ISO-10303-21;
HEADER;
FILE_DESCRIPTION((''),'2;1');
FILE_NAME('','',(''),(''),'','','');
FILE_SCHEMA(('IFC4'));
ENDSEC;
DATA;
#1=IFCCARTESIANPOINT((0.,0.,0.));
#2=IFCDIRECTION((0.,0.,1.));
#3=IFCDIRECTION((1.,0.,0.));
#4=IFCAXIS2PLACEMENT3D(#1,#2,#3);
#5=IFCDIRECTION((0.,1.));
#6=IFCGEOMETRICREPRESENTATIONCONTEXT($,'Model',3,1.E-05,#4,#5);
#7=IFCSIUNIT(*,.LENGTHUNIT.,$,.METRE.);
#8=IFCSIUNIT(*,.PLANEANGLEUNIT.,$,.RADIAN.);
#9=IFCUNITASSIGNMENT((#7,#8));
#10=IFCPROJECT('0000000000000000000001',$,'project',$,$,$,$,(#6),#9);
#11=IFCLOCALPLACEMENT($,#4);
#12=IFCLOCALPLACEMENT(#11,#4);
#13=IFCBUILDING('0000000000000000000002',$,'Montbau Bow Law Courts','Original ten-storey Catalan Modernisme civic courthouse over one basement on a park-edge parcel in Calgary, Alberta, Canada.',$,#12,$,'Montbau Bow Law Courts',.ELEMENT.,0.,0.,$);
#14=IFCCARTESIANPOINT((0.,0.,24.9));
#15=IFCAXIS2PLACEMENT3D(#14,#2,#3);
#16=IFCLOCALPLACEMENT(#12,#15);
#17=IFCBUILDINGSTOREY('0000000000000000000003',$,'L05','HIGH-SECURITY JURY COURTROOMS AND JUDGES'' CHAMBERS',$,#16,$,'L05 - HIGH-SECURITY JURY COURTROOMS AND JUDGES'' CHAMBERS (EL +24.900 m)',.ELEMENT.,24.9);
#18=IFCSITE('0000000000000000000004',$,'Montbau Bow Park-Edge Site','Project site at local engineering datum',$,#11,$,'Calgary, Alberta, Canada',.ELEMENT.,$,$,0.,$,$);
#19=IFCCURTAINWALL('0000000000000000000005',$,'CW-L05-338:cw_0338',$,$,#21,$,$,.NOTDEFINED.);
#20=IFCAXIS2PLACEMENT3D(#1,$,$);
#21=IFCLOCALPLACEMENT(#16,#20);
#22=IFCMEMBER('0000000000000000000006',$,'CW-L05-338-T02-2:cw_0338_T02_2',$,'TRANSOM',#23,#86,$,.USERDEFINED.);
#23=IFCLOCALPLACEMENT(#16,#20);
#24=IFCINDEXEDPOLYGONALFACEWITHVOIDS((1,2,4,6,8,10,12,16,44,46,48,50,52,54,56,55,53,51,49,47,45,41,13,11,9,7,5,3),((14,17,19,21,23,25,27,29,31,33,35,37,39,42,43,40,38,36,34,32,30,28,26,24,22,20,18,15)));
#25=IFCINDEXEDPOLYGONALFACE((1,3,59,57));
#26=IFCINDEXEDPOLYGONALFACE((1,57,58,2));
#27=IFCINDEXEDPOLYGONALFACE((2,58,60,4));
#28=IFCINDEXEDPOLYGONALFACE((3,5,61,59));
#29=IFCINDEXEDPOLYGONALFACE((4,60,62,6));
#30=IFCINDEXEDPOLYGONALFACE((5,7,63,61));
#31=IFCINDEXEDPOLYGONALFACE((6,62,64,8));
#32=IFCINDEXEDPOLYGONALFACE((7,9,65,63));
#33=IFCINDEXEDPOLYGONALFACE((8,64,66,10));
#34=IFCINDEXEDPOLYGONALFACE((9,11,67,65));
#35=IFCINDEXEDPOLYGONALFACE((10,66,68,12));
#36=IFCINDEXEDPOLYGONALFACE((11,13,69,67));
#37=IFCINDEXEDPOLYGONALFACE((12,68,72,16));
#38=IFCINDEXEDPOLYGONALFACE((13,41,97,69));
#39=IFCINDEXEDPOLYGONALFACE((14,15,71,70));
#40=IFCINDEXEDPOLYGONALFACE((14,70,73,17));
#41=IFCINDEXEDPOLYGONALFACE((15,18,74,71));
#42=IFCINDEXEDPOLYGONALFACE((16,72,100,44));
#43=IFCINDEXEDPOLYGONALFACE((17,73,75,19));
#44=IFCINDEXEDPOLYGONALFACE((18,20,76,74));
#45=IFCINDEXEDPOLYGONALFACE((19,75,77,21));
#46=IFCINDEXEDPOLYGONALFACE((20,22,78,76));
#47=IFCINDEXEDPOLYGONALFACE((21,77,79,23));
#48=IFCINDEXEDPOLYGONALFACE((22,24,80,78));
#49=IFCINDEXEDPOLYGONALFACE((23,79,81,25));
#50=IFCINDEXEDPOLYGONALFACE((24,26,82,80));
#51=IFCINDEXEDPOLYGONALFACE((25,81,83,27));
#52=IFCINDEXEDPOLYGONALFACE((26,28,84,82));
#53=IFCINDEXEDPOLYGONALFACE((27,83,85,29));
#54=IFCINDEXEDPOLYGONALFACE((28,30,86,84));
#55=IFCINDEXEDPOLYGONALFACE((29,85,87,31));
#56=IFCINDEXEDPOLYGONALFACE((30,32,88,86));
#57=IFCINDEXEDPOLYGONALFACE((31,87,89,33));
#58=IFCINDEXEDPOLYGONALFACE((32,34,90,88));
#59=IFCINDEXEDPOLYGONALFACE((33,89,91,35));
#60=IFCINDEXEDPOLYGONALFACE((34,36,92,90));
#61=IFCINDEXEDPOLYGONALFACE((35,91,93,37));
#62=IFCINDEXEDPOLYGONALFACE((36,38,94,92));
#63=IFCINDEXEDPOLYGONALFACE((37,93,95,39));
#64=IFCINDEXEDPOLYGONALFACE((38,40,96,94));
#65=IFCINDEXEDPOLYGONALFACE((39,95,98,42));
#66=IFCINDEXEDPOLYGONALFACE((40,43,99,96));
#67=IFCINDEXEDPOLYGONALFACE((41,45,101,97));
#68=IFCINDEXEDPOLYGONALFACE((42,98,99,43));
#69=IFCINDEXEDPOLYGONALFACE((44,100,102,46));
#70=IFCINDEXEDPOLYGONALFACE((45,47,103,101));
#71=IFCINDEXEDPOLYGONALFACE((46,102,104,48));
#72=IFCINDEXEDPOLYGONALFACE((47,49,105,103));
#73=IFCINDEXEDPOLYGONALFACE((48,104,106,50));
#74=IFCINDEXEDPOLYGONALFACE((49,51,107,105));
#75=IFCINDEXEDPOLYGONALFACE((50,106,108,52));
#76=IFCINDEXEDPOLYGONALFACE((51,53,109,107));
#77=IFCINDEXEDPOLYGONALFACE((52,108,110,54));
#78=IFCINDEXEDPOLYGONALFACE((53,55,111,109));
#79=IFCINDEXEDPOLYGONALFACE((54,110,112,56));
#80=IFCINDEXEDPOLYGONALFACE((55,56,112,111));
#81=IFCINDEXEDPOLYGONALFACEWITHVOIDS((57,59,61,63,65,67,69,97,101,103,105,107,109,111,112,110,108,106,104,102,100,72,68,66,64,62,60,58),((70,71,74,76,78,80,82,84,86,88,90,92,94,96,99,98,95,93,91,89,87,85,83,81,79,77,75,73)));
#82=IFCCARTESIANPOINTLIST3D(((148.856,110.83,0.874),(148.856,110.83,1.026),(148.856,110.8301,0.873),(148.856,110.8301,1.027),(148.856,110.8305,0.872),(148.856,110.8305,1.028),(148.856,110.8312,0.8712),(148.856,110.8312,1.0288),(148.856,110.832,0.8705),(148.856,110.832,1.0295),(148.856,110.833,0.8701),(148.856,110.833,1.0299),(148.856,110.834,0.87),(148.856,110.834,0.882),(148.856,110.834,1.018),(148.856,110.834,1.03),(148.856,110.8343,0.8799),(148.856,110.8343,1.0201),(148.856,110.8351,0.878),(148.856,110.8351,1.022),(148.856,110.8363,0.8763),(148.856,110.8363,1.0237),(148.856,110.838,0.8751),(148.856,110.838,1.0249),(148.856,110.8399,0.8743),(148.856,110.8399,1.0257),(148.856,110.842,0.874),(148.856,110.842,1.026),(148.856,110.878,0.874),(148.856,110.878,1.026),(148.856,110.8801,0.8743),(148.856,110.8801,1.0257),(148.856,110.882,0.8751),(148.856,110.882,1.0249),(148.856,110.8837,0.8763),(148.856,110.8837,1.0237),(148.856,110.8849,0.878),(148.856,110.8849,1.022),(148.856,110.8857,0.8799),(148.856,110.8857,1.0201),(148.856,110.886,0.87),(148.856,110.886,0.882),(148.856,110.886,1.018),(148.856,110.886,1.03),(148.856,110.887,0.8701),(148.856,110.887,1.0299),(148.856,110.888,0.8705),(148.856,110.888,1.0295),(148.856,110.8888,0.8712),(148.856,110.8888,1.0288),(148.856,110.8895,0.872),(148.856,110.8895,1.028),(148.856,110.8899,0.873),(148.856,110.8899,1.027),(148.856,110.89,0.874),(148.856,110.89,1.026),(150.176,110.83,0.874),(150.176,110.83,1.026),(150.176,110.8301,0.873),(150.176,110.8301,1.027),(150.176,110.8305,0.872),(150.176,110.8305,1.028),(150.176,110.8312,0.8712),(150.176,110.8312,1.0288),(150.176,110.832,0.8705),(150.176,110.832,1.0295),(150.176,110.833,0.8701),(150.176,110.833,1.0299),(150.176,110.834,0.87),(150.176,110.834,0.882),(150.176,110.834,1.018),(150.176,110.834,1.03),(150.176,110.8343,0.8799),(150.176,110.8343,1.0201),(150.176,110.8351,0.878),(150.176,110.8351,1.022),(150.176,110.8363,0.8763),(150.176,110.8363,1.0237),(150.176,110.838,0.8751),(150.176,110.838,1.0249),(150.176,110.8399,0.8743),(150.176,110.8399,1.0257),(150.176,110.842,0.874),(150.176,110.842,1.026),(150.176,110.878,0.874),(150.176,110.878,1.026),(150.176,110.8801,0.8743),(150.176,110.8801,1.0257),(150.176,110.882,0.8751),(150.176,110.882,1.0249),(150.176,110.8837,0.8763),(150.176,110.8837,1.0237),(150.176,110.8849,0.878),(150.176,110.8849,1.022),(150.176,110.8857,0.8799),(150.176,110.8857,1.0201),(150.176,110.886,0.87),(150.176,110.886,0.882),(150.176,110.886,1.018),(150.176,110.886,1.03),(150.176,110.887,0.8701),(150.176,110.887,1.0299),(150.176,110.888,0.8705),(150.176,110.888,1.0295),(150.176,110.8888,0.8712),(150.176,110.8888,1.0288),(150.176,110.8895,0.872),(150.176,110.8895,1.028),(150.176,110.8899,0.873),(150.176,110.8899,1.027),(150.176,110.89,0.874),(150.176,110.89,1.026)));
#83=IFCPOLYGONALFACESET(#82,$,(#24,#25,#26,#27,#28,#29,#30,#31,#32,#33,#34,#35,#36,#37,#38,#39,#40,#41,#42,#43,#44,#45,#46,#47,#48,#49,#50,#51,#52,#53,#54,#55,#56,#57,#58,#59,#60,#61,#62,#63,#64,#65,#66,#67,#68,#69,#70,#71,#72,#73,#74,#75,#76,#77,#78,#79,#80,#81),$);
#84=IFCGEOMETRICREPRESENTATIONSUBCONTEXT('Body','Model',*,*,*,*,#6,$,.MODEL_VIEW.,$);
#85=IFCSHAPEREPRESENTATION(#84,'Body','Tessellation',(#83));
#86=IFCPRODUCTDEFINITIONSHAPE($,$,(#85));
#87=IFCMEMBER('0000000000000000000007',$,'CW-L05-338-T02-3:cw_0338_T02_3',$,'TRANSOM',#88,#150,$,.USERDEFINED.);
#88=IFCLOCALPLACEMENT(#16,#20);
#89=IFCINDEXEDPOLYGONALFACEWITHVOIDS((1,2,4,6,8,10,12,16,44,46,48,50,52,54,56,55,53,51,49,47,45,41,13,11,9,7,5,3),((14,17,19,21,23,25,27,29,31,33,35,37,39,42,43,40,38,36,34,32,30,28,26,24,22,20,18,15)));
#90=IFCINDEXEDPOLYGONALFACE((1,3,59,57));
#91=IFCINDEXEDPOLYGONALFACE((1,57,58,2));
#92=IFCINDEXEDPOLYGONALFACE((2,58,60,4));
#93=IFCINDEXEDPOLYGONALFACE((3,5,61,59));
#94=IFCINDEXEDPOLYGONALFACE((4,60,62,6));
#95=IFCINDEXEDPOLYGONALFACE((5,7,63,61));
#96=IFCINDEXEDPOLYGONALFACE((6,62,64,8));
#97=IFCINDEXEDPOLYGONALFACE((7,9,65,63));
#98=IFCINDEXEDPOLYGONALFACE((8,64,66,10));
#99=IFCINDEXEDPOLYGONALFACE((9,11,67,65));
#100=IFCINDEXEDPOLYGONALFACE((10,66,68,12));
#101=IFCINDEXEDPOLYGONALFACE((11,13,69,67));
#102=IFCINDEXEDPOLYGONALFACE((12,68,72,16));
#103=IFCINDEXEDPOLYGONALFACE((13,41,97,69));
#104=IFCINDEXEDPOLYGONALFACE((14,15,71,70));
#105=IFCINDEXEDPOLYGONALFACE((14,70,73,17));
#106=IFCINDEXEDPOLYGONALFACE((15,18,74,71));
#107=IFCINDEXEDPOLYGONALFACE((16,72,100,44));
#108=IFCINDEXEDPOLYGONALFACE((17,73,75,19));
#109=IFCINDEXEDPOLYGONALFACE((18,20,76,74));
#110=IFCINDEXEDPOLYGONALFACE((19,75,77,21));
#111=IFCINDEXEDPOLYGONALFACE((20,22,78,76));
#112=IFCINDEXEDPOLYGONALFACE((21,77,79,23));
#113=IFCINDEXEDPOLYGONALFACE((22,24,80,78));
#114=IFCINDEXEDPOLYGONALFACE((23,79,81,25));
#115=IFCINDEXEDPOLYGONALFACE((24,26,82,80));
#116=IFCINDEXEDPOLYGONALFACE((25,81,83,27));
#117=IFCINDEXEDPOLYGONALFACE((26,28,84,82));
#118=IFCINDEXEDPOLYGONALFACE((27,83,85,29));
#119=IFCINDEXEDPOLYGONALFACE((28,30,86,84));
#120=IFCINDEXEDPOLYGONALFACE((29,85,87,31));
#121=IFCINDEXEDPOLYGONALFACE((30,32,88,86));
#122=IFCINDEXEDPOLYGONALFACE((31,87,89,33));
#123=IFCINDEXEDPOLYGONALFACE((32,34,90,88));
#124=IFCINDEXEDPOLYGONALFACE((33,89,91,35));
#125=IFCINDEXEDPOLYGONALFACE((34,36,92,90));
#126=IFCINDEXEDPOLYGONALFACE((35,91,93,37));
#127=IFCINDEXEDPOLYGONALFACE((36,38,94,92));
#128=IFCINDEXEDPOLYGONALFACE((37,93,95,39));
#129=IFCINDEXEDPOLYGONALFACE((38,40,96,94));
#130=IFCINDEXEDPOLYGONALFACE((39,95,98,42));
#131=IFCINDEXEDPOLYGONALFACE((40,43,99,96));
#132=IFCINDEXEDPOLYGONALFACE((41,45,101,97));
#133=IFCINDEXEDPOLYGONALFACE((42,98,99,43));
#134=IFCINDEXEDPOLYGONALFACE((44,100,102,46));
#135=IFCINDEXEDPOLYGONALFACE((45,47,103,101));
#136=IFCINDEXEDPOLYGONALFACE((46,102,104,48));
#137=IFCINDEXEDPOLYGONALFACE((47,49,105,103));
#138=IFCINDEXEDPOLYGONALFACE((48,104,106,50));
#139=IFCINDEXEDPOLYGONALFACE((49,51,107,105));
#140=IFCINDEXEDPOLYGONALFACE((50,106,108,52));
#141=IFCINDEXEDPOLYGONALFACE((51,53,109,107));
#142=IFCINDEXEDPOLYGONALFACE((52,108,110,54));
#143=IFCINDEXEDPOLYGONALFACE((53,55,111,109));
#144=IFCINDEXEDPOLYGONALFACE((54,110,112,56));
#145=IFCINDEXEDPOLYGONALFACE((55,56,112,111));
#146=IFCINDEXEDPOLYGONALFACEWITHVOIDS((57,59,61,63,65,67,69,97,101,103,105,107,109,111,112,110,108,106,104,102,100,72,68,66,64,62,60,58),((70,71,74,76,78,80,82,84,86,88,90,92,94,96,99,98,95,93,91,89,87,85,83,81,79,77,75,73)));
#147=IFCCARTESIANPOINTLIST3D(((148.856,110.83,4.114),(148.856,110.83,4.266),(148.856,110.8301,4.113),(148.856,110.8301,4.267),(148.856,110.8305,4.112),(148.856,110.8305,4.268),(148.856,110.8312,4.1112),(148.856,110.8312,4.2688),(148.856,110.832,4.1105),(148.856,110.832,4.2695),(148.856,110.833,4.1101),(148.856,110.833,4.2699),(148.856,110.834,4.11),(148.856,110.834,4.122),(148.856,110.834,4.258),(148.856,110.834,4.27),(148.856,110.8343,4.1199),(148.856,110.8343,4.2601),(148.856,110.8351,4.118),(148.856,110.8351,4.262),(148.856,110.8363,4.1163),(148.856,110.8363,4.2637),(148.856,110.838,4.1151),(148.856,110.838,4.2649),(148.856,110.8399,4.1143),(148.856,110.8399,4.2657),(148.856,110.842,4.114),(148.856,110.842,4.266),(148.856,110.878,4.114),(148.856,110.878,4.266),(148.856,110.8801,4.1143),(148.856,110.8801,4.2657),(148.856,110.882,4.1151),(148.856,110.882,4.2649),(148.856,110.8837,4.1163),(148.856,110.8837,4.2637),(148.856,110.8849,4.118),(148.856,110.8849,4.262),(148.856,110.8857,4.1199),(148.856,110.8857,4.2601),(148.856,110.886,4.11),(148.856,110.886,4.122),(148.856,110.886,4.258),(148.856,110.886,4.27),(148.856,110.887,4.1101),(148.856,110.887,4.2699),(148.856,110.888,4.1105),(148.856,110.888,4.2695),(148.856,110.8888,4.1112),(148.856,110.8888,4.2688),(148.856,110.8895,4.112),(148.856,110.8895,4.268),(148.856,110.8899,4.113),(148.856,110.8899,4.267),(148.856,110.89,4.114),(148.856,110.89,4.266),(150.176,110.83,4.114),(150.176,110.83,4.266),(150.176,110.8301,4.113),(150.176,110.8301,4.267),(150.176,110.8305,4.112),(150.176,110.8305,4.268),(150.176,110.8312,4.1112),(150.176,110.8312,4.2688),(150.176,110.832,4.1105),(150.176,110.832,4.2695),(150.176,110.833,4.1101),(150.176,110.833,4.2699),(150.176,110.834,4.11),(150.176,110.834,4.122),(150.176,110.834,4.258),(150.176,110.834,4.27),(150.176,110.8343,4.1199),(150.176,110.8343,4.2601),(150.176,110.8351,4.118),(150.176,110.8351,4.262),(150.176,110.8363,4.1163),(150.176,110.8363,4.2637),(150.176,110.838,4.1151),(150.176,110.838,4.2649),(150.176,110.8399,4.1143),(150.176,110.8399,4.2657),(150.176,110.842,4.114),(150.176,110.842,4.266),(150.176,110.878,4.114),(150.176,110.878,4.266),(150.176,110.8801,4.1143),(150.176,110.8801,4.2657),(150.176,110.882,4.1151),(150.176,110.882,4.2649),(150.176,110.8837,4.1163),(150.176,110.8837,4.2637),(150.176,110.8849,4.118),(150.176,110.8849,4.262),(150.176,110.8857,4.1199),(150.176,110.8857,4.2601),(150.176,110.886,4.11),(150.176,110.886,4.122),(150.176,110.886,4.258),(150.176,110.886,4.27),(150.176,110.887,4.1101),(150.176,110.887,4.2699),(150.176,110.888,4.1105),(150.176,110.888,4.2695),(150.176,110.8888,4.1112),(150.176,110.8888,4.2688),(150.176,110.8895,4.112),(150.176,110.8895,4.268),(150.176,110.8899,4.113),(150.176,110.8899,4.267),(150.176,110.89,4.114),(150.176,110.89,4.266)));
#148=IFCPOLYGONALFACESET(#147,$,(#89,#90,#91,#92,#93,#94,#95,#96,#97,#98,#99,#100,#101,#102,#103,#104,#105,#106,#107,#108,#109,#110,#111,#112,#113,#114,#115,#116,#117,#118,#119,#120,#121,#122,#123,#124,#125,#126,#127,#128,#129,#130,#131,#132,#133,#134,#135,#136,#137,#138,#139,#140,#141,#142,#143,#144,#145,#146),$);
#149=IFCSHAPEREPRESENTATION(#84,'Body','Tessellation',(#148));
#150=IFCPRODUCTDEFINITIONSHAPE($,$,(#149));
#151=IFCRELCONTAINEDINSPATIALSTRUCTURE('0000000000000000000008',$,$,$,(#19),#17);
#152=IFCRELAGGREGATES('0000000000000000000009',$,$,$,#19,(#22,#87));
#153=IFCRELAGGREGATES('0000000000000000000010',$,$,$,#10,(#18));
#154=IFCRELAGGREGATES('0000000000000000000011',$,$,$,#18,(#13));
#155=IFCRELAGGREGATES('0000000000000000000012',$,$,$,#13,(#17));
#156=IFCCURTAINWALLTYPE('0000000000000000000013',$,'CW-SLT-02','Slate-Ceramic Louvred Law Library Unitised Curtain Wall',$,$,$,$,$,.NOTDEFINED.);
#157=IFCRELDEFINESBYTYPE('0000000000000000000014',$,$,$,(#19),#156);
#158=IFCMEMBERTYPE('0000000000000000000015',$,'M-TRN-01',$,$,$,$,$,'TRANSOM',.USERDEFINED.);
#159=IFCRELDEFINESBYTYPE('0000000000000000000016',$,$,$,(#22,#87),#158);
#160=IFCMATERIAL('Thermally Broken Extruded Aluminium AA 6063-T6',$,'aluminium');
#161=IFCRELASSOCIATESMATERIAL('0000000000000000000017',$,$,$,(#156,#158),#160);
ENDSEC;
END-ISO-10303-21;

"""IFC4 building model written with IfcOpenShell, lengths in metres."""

from ifc_helpers import new_model, si_unit, direction, frame, origin_with_axes, origin_2d_with_axis, place, context, subcontext, project, spatial, hollow_rectangle, extrude, material, material_profile, profile_set, type_object, element, aggregate, save


model = new_model("IFC4")

# Units and contexts
model_context = context("Model", 3, precision=1e-05, world=origin_with_axes(), true_north=direction((0.0, 1.0)))
body_context = subcontext(model_context, "Body", "Model", "MODEL_VIEW")
ifc_project = project(units=[si_unit("LENGTHUNIT", "METRE"), si_unit("PLANEANGLEUNIT", "RADIAN")], contexts=[model_context])

# Site, building, storey
site_placement = place(None, origin_with_axes())
site = spatial("IfcSite", under=ifc_project, at=site_placement, Name="Montbau Bow Park-Edge Site", Description="Project site at local engineering datum", LongName="Calgary, Alberta, Canada", CompositionType="ELEMENT", RefElevation=0.0)
building_placement = place(site_placement, origin_with_axes())
building = spatial("IfcBuilding", under=site, at=building_placement, Name="Montbau Bow Law Courts", Description="Original ten-storey Catalan Modernisme civic courthouse over one basement on a park-edge parcel in Calgary, Alberta, Canada.", LongName="Montbau Bow Law Courts", CompositionType="ELEMENT", ElevationOfRefHeight=0.0, ElevationOfTerrain=0.0)
storey_placement = place(building_placement, frame((0.0, 0.0, 24.9), z_axis=(0.0, 0.0, 1.0), x_axis=(1.0, 0.0, 0.0)))
storey = spatial("IfcBuildingStorey", under=building, at=storey_placement, Name="L05", Description="HIGH-SECURITY JURY COURTROOMS AND JUDGES' CHAMBERS", LongName="L05 - HIGH-SECURITY JURY COURTROOMS AND JUDGES' CHAMBERS (EL +24.900 m)", CompositionType="ELEMENT", Elevation=24.9)

# Curtain wall, members
ifc_material_1 = material(Name="Thermally Broken Extruded Aluminium AA 6063-T6", Category="aluminium")
curtain_wall_type = type_object("IfcCurtainWallType", Name="CW-SLT-02", Description="Slate-Ceramic Louvred Law Library Unitised Curtain Wall", PredefinedType="NOTDEFINED", material=ifc_material_1)
curtain_wall_placement = place(None, frame((147.44, 110.86, 24.9), z_axis=(0.0, 0.0, 1.0), x_axis=(1.0, 0.0, 0.0)))
curtain_wall = element("IfcCurtainWall", 1, at=curtain_wall_placement, inside=storey, type_object=curtain_wall_type, Name="CW-L05-338:cw_0338", PredefinedType="NOTDEFINED")
ifc_material_profile_1 = material_profile(ifc_material_1, hollow_rectangle(XDim=0.06, YDim=0.16, WallThickness=0.004, InnerFilletRadius=0.008, OuterFilletRadius=0.004, at=origin_2d_with_axis()), Name="CWT-160X60", Category="Main", Priority=0)
ifc_profile_set_1 = profile_set([ifc_material_profile_1], Name="Thermally Broken Extruded Aluminium AA 6063-T6")
member_type_1 = type_object("IfcMemberType", Name="M-TRN-01", ElementType="TRANSOM", PredefinedType="USERDEFINED", material=ifc_profile_set_1)
member_1_placement = place(None, frame((148.856, 110.86, 25.85), z_axis=(1.0, 0.0, 0.0), x_axis=(0.0, 1.0, 0.0)))
member_1 = element("IfcMember", 2, at=member_1_placement, type_object=member_type_1, Name="CW-L05-338-T02-2:cw_0338_T02_2", ObjectType="TRANSOM", PredefinedType="USERDEFINED", context=body_context, shape_type="SweptSolid", body=[
    extrude(hollow_rectangle(XDim=0.06, YDim=0.16, WallThickness=0.004, InnerFilletRadius=0.008, OuterFilletRadius=0.004, at=origin_2d_with_axis()), origin_with_axes(), (0.0, 0.0, 1.0), 1.32),
])
member_2_placement = place(None, frame((148.856, 110.86, 29.09), z_axis=(1.0, 0.0, 0.0), x_axis=(0.0, 1.0, 0.0)))
member_2 = element("IfcMember", 3, at=member_2_placement, type_object=member_type_1, Name="CW-L05-338-T02-3:cw_0338_T02_3", ObjectType="TRANSOM", PredefinedType="USERDEFINED", context=body_context, shape_type="SweptSolid", body=[
    extrude(hollow_rectangle(XDim=0.06, YDim=0.16, WallThickness=0.004, InnerFilletRadius=0.008, OuterFilletRadius=0.004, at=origin_2d_with_axis()), origin_with_axes(), (0.0, 0.0, 1.0), 1.32),
])
aggregate(curtain_wall, [member_1, member_2])

save(model, "model.ifc")
